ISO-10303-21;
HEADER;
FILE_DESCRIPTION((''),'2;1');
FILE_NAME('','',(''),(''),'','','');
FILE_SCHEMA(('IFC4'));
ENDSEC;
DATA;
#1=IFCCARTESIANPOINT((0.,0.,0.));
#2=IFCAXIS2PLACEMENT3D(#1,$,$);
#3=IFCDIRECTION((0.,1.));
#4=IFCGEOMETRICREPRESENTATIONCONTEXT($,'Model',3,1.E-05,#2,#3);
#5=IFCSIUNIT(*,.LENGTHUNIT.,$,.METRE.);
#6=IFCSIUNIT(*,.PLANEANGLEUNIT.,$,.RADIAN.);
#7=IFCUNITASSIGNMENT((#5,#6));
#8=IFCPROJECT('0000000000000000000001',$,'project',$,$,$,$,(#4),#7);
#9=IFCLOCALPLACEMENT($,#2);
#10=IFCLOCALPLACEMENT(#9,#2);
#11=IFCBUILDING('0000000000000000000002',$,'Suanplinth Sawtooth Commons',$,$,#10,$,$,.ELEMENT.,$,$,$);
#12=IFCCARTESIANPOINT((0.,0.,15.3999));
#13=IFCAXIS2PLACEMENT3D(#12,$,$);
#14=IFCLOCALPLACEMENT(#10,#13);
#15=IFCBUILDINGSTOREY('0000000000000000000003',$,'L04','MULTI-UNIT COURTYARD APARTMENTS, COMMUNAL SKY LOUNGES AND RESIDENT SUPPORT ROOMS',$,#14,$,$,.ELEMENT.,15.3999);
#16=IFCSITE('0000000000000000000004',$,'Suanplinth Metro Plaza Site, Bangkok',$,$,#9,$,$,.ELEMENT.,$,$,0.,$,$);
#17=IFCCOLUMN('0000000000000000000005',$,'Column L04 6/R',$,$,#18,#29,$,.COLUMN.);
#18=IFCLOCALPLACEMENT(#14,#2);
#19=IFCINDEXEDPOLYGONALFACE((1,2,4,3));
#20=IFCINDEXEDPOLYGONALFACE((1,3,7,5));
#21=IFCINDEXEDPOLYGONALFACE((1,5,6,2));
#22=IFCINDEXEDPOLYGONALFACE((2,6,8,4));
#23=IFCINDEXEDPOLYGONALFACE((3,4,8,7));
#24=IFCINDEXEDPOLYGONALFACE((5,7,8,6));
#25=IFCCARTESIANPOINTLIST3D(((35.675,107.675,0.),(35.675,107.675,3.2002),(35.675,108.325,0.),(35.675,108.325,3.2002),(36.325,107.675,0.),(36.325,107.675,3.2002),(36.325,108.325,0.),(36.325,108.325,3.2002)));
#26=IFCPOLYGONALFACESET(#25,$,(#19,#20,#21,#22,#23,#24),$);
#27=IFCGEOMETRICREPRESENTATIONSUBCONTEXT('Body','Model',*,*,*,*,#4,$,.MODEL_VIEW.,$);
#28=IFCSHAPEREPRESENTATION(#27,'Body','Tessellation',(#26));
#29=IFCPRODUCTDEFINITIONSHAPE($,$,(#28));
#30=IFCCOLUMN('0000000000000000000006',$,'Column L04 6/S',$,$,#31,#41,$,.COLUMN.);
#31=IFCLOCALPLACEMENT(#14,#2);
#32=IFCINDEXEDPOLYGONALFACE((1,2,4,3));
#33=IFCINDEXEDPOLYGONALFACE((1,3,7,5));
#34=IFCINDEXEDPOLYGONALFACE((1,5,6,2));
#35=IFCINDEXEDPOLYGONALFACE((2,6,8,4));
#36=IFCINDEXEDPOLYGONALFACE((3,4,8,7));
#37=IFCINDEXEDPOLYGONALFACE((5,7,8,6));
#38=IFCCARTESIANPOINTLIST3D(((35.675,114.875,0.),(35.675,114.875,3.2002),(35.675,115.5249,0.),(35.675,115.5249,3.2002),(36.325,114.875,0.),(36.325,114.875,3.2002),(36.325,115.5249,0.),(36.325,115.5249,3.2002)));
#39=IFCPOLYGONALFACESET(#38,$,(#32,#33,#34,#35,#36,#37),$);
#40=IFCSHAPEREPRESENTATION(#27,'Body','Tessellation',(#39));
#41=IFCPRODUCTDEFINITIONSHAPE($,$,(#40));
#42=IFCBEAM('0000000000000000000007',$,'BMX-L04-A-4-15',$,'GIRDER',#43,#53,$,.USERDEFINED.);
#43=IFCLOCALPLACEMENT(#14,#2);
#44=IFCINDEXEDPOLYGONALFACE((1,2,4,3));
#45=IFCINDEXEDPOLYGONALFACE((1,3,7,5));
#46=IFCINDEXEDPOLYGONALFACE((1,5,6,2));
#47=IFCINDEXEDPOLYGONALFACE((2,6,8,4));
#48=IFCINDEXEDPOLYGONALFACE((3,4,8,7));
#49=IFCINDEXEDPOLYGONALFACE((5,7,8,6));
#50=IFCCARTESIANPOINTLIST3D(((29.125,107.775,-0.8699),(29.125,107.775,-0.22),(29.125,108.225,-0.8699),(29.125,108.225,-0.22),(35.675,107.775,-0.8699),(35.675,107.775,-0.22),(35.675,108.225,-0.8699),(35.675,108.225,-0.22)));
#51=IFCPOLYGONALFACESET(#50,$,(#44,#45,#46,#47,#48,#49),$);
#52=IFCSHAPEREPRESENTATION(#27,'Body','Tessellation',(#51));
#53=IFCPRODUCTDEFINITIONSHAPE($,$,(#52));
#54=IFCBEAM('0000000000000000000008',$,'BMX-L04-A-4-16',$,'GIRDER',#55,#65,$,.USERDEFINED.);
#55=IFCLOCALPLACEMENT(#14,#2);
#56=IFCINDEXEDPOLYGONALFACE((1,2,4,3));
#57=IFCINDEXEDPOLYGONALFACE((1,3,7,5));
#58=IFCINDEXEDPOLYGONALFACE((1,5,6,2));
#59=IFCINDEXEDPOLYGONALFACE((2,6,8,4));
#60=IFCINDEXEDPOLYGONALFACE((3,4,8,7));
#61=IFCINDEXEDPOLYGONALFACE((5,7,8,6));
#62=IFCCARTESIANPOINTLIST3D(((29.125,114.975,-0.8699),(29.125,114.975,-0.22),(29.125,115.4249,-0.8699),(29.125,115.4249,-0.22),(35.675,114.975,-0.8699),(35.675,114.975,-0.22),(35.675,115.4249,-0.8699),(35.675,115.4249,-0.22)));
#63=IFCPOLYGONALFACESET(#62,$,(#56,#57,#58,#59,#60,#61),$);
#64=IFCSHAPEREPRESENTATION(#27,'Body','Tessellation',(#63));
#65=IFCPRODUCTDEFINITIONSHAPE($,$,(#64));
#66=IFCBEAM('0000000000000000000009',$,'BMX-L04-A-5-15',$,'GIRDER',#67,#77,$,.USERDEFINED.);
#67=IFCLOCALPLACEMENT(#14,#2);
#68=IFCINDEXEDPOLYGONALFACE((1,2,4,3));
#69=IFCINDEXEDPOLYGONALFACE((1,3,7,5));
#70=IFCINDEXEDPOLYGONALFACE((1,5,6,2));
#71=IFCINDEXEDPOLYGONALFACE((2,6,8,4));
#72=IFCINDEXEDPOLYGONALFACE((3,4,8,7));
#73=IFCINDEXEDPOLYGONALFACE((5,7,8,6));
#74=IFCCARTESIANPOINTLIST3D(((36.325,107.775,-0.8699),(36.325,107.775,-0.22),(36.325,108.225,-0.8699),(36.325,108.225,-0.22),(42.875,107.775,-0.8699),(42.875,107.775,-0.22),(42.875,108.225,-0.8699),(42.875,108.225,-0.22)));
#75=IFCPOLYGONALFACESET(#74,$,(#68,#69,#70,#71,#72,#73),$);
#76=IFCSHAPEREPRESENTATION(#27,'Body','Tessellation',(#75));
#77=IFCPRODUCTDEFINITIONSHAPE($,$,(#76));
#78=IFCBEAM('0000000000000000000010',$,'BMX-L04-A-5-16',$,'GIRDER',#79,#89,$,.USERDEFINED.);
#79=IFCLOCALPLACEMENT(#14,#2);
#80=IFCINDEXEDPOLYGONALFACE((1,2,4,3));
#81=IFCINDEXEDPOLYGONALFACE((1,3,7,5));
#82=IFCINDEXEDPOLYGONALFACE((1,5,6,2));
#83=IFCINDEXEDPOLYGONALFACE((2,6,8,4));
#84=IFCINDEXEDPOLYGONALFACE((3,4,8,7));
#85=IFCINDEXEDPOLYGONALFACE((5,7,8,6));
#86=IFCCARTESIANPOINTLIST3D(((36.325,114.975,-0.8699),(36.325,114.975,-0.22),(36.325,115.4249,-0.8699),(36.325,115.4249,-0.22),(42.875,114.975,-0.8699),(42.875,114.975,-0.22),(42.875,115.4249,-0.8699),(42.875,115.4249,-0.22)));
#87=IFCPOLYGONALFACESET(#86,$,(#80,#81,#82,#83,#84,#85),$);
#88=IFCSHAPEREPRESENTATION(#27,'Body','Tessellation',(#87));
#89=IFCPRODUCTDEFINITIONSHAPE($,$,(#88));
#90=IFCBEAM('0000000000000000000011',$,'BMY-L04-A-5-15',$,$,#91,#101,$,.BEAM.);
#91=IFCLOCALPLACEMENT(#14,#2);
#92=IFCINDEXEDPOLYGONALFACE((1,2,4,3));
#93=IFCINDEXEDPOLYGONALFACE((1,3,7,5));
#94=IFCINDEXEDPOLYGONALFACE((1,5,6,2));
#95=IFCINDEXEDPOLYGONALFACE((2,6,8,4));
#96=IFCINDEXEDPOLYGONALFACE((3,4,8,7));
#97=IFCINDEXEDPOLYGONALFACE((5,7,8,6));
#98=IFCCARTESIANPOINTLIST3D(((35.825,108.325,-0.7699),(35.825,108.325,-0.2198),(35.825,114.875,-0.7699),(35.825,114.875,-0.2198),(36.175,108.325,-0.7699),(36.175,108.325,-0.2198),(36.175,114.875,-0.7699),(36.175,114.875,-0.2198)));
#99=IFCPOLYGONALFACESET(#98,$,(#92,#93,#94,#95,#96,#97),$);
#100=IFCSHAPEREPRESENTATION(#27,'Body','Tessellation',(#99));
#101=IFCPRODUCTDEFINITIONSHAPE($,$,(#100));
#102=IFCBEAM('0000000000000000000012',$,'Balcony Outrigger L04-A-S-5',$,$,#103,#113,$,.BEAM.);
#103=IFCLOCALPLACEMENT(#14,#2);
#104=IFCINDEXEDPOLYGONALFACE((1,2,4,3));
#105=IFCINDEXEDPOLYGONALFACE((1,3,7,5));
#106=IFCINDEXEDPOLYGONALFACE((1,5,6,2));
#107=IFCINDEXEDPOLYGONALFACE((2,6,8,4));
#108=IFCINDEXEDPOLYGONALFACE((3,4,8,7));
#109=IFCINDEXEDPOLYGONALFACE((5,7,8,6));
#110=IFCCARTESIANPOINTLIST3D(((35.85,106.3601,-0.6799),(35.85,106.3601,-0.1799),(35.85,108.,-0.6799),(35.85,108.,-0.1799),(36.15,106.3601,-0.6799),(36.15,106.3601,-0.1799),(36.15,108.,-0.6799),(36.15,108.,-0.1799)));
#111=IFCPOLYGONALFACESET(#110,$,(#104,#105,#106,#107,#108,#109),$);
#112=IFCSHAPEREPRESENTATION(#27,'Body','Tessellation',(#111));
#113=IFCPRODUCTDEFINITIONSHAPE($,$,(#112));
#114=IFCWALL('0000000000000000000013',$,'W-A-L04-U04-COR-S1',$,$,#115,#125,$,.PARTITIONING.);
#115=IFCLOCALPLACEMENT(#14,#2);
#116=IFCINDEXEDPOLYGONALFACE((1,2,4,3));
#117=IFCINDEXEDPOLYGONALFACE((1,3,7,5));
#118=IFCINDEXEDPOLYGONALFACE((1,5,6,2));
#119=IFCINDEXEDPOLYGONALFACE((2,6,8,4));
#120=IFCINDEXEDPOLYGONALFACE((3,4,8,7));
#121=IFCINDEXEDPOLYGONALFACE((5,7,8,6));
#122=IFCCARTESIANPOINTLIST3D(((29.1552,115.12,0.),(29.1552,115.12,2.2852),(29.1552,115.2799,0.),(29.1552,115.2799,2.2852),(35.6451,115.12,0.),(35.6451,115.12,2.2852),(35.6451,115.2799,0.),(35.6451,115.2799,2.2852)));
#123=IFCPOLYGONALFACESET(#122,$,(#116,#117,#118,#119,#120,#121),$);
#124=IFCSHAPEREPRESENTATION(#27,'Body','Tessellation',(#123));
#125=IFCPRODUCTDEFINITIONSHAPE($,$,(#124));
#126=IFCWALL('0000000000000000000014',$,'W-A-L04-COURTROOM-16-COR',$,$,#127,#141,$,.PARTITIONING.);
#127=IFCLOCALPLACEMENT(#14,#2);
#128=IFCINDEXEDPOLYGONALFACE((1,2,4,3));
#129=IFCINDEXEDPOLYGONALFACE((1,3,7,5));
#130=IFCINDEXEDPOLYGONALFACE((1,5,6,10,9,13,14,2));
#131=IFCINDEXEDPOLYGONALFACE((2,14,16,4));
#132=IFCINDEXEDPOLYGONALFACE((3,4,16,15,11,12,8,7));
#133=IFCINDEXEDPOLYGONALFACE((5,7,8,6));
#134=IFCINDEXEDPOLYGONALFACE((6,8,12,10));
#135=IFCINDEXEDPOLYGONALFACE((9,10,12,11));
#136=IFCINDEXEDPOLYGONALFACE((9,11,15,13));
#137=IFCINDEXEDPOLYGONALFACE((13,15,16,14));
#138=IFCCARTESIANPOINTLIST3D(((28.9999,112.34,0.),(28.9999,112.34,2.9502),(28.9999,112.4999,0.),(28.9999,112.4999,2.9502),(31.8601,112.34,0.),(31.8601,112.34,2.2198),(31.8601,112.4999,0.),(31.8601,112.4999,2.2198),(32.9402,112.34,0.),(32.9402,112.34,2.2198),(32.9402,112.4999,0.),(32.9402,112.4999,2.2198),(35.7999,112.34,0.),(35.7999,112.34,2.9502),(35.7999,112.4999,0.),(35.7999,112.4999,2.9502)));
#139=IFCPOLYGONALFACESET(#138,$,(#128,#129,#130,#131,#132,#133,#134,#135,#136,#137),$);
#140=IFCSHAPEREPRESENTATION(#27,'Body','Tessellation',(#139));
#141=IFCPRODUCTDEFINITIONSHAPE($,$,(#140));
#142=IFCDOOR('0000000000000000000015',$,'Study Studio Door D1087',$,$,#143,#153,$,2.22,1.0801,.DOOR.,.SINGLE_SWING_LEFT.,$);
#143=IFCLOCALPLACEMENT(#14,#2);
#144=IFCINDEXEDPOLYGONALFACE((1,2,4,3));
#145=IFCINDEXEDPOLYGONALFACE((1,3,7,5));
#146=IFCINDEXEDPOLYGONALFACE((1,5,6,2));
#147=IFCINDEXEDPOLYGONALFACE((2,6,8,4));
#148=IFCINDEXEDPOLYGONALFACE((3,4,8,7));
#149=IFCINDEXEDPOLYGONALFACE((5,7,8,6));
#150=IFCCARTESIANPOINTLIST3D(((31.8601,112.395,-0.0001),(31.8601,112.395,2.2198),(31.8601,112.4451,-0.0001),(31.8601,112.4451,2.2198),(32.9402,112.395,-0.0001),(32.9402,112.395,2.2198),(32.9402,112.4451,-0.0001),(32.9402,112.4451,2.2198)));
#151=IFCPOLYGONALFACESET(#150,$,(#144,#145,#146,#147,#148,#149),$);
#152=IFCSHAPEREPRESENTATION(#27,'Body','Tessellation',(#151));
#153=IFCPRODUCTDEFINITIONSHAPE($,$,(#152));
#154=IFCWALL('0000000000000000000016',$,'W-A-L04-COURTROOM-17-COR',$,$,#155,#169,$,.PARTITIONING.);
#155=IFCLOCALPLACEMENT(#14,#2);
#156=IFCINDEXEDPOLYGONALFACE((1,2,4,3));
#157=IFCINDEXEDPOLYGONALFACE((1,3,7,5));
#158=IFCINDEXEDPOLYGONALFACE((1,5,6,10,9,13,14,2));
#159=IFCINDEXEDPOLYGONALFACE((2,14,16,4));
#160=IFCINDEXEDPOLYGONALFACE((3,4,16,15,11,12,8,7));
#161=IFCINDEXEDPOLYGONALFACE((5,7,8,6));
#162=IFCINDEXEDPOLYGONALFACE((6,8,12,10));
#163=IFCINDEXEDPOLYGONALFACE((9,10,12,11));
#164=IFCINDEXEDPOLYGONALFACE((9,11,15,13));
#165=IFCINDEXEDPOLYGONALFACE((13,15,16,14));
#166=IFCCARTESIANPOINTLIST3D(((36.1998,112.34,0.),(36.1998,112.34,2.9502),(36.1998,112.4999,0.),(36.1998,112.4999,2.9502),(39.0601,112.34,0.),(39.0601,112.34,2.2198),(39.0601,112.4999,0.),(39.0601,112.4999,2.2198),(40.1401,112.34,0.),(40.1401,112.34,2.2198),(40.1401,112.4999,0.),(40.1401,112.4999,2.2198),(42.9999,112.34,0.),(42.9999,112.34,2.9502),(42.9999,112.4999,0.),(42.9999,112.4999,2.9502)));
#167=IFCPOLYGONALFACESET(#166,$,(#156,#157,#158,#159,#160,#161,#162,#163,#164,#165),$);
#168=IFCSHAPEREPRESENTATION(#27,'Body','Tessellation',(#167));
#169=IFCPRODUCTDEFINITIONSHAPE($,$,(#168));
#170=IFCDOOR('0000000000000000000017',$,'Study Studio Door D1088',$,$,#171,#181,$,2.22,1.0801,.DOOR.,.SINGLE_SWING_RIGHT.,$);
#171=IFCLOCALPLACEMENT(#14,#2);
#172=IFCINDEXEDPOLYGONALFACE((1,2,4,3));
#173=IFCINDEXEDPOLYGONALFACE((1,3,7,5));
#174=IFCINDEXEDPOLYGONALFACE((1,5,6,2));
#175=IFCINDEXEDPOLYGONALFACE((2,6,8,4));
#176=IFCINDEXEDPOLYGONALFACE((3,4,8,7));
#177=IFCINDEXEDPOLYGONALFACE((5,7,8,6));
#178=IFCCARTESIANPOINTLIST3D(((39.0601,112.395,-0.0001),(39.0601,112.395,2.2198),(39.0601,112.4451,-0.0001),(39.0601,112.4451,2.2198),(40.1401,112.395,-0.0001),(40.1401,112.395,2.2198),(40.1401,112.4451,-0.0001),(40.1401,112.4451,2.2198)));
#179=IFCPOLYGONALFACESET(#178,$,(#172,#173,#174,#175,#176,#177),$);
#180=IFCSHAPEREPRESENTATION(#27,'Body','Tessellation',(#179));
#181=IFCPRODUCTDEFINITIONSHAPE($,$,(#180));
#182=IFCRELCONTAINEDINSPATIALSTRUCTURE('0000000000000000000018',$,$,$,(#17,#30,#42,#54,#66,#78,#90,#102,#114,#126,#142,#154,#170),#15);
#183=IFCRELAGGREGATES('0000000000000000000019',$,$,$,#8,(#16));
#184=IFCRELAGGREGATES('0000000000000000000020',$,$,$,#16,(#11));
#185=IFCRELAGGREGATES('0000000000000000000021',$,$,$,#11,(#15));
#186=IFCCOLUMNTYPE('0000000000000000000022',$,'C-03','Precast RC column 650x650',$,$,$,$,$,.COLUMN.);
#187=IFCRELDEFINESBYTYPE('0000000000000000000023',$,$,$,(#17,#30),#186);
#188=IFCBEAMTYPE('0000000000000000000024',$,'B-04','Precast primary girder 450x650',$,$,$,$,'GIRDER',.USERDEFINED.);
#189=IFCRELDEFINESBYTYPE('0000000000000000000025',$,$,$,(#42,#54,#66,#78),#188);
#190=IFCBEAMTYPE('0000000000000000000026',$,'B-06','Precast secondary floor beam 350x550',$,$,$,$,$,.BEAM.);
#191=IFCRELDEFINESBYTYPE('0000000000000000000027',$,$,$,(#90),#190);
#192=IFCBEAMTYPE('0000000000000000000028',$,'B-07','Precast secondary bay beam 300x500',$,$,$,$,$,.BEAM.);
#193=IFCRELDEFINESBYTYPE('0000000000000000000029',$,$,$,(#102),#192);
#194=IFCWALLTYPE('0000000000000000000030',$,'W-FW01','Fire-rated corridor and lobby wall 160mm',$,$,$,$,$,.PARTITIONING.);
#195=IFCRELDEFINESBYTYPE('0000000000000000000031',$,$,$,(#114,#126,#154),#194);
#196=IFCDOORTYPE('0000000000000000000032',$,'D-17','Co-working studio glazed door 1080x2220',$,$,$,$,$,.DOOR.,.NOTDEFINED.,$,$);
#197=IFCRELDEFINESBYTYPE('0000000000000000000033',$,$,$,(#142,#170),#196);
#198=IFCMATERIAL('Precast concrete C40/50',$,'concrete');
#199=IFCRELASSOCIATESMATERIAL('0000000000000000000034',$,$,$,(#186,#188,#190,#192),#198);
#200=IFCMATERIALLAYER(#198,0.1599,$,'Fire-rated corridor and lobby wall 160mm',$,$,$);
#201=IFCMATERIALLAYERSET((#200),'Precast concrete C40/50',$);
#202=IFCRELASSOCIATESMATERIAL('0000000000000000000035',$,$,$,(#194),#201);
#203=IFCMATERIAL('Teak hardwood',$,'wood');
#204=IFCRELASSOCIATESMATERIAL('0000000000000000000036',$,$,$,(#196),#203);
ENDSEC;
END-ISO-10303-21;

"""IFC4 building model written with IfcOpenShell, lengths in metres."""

from ifc_helpers import new_model, si_unit, direction, frame, frame_2d, origin, origin_2d, place, context, subcontext, project, spatial, rectangle, extrude, material, layer, layer_set, material_profile, profile_set, type_object, element, fill, save


model = new_model("IFC4")

# Units and contexts
model_context = context("Model", 3, precision=1e-05, world=origin(), true_north=direction((0.0, 1.0)))
body_context = subcontext(model_context, "Body", "Model", "MODEL_VIEW")
ifc_project = project(units=[si_unit("LENGTHUNIT", "METRE"), si_unit("PLANEANGLEUNIT", "RADIAN")], contexts=[model_context])

# Site, building, storey
site_placement = place(None, origin())
site = spatial("IfcSite", under=ifc_project, at=site_placement, Name="Suanplinth Metro Plaza Site, Bangkok", CompositionType="ELEMENT", RefElevation=0.0)
building_placement = place(site_placement, origin())
building = spatial("IfcBuilding", under=site, at=building_placement, Name="Suanplinth Sawtooth Commons", CompositionType="ELEMENT")
storey_placement = place(building_placement, frame((0.0, 0.0, 15.3999)))
storey = spatial("IfcBuildingStorey", under=building, at=storey_placement, Name="L04", Description="MULTI-UNIT COURTYARD APARTMENTS, COMMUNAL SKY LOUNGES AND RESIDENT SUPPORT ROOMS", CompositionType="ELEMENT", Elevation=15.3999)

# Columns
ifc_material_1 = material(Name="Precast concrete C40/50", Category="concrete")
ifc_material_profile_1 = material_profile(ifc_material_1, rectangle(XDim=0.6499, YDim=0.6499, at=origin_2d()), Name="PC-COL 650x650")
ifc_profile_set_1 = profile_set([ifc_material_profile_1], Name="Precast concrete C40/50")
column_type = type_object("IfcColumnType", Name="C-03", Description="Precast RC column 650x650", PredefinedType="COLUMN", material=ifc_profile_set_1)
for number, where, z_axis, x_axis, name in (
    (1, (36.0, 108.0, 0.0), (0.0, 0.0, 1.0), (1.0, 0.0, 0.0), "Column L04 6/R"),
    (2, (36.0, 115.2, 0.0), (0.0, 0.0, 1.0), (1.0, 0.0, 0.0), "Column L04 6/S"),
):
    element("IfcColumn", number, at=place(storey_placement, frame(where, z_axis=z_axis, x_axis=x_axis)), inside=storey, type_object=column_type, Name=name, PredefinedType="COLUMN", context=body_context, shape_type="SweptSolid", body=[
        extrude(rectangle(XDim=0.6499, YDim=0.6499, at=origin_2d()), origin(), (0.0, 0.0, 1.0), 3.2002),
    ])

# Beams
ifc_material_profile_2 = material_profile(ifc_material_1, rectangle(XDim=0.45, YDim=0.6499, at=origin_2d()), Name="PC-GDR 450x650")
ifc_profile_set_2 = profile_set([ifc_material_profile_2], Name="Precast concrete C40/50")
beam_type_1 = type_object("IfcBeamType", Name="B-04", Description="Precast primary girder 450x650", ElementType="GIRDER", PredefinedType="USERDEFINED", material=ifc_profile_set_2)
for number, where, z_axis, x_axis, name in (
    (3, (29.125, 108.0, -0.5449), (1.0, 0.0, 0.0), (0.0, 1.0, 0.0), "BMX-L04-A-4-15"),
    (4, (29.125, 115.2, -0.5449), (1.0, 0.0, 0.0), (0.0, 1.0, 0.0), "BMX-L04-A-4-16"),
    (5, (36.325, 108.0, -0.5449), (1.0, 0.0, 0.0), (0.0, 1.0, 0.0), "BMX-L04-A-5-15"),
    (6, (36.325, 115.2, -0.5449), (1.0, 0.0, 0.0), (0.0, 1.0, 0.0), "BMX-L04-A-5-16"),
):
    element("IfcBeam", number, at=place(storey_placement, frame(where, z_axis=z_axis, x_axis=x_axis)), inside=storey, type_object=beam_type_1, Name=name, ObjectType="GIRDER", PredefinedType="USERDEFINED", context=body_context, shape_type="SweptSolid", body=[
        extrude(rectangle(XDim=0.45, YDim=0.6499, at=origin_2d()), origin(), (0.0, 0.0, 1.0), 6.55),
    ])
ifc_material_profile_3 = material_profile(ifc_material_1, rectangle(XDim=0.3501, YDim=0.55, at=origin_2d()), Name="PC-BM 350x550")
ifc_profile_set_3 = profile_set([ifc_material_profile_3], Name="Precast concrete C40/50")
beam_type_2 = type_object("IfcBeamType", Name="B-06", Description="Precast secondary floor beam 350x550", PredefinedType="BEAM", material=ifc_profile_set_3)
beam_1_placement = place(storey_placement, frame((36.0, 108.325, -0.4949), z_axis=(0.0, 1.0, 0.0), x_axis=(-1.0, 0.0, 0.0)))
element("IfcBeam", 7, at=beam_1_placement, inside=storey, type_object=beam_type_2, Name="BMY-L04-A-5-15", PredefinedType="BEAM", context=body_context, shape_type="SweptSolid", body=[
    extrude(rectangle(XDim=0.3501, YDim=0.55, at=origin_2d()), origin(), (0.0, 0.0, 1.0), 6.55),
])
ifc_material_profile_4 = material_profile(ifc_material_1, rectangle(XDim=0.3, YDim=0.5, at=origin_2d()), Name="PC-BM 300x500")
ifc_profile_set_4 = profile_set([ifc_material_profile_4], Name="Precast concrete C40/50")
beam_type_3 = type_object("IfcBeamType", Name="B-07", Description="Precast secondary bay beam 300x500", PredefinedType="BEAM", material=ifc_profile_set_4)
beam_2_placement = place(storey_placement, frame((36.0, 108.0, -0.4299), z_axis=(0.0, -1.0, 0.0), x_axis=(1.0, 0.0, 0.0)))
element("IfcBeam", 8, at=beam_2_placement, inside=storey, type_object=beam_type_3, Name="Balcony Outrigger L04-A-S-5", PredefinedType="BEAM", context=body_context, shape_type="SweptSolid", body=[
    extrude(rectangle(XDim=0.3, YDim=0.5, at=origin_2d()), origin(), (0.0, 0.0, 1.0), 1.6399),
])

# Wall
ifc_layer_1 = layer(ifc_material_1, 0.1599, Name="Fire-rated corridor and lobby wall 160mm")
ifc_layer_set_1 = layer_set([ifc_layer_1], Name="Precast concrete C40/50")
wall_type_1 = type_object("IfcWallType", Name="W-FW01", Description="Fire-rated corridor and lobby wall 160mm", PredefinedType="PARTITIONING", material=ifc_layer_set_1)
wall_1_placement = place(storey_placement, frame((29.155, 115.2, 0.0), z_axis=(0.0, 0.0, 1.0), x_axis=(1.0, 0.0, 0.0)))
element("IfcWall", 9, at=wall_1_placement, inside=storey, type_object=wall_type_1, Name="W-A-L04-U04-COR-S1", PredefinedType="PARTITIONING", context=body_context, shape_type="SweptSolid", body=[
    extrude(rectangle(XDim=6.49, YDim=0.1599, at=frame_2d((3.2451, 0.0))), origin(), (0.0, 0.0, 1.0), 2.2852),
])

# Walls, openings, doors
wall_2_placement = place(storey_placement, frame((29.0, 112.4199, 0.0), z_axis=(0.0, 0.0, 1.0), x_axis=(1.0, 0.0, 0.0)))
wall_2 = element("IfcWall", 10, at=wall_2_placement, inside=storey, type_object=wall_type_1, Name="W-A-L04-COURTROOM-16-COR", PredefinedType="PARTITIONING", context=body_context, shape_type="SweptSolid", body=[
    extrude(rectangle(XDim=6.8, YDim=0.1599, at=frame_2d((3.3999, 0.0))), origin(), (0.0, 0.0, 1.0), 2.9502),
])
opening_1_placement = place(wall_2_placement, frame((2.8601, 0.0, 0.0)))
opening_1 = element("IfcOpeningElement", 11, at=opening_1_placement, cuts=wall_2, PredefinedType="OPENING", context=body_context, shape_type="SweptSolid", body=[
    extrude(rectangle(XDim=1.0801, YDim=2.22, at=frame_2d((0.54, 1.1099))), frame((0.0, 0.0947, 0.0), z_axis=(0.0, -1.0, 0.0), x_axis=(1.0, 0.0, 0.0)), (0.0, 0.0, 1.0), 0.1897),
])
ifc_material_2 = material(Name="Teak hardwood", Category="wood")
door_type_1 = type_object("IfcDoorType", Name="D-17", Description="Co-working studio glazed door 1080x2220", OperationType="NOTDEFINED", PredefinedType="DOOR", material=ifc_material_2)
door_1_placement = place(opening_1_placement, frame((1.0801, 0.0, 0.0), z_axis=(0.0, 0.0, 1.0), x_axis=(-1.0, 0.0, 0.0)))
door_1 = element("IfcDoor", 12, at=door_1_placement, inside=storey, type_object=door_type_1, Name="Study Studio Door D1087", OperationType="SINGLE_SWING_LEFT", OverallHeight=2.22, OverallWidth=1.0801, PredefinedType="DOOR", context=body_context, shape_type="SweptSolid", body=[
    extrude(rectangle(XDim=1.0801, YDim=2.22, at=frame_2d((0.54, 1.1099))), frame((0.0, 0.0249, 0.0), z_axis=(0.0, -1.0, 0.0), x_axis=(1.0, 0.0, 0.0)), (0.0, 0.0, 1.0), 0.05),
])
fill(opening_1, door_1)
wall_3_placement = place(storey_placement, frame((36.2, 112.4199, 0.0), z_axis=(0.0, 0.0, 1.0), x_axis=(1.0, 0.0, 0.0)))
wall_3 = element("IfcWall", 13, at=wall_3_placement, inside=storey, type_object=wall_type_1, Name="W-A-L04-COURTROOM-17-COR", PredefinedType="PARTITIONING", context=body_context, shape_type="SweptSolid", body=[
    extrude(rectangle(XDim=6.8, YDim=0.1599, at=frame_2d((3.3999, 0.0))), origin(), (0.0, 0.0, 1.0), 2.9502),
])
opening_2_placement = place(wall_3_placement, frame((2.8601, 0.0, 0.0)))
opening_2 = element("IfcOpeningElement", 14, at=opening_2_placement, cuts=wall_3, PredefinedType="OPENING", context=body_context, shape_type="SweptSolid", body=[
    extrude(rectangle(XDim=1.0801, YDim=2.22, at=frame_2d((0.54, 1.1099))), frame((0.0, 0.0947, 0.0), z_axis=(0.0, -1.0, 0.0), x_axis=(1.0, 0.0, 0.0)), (0.0, 0.0, 1.0), 0.1897),
])
door_2_placement = place(opening_2_placement, frame((1.0801, 0.0, 0.0), z_axis=(0.0, 0.0, 1.0), x_axis=(-1.0, 0.0, 0.0)))
door_2 = element("IfcDoor", 15, at=door_2_placement, inside=storey, type_object=door_type_1, Name="Study Studio Door D1088", OperationType="SINGLE_SWING_RIGHT", OverallHeight=2.22, OverallWidth=1.0801, PredefinedType="DOOR", context=body_context, shape_type="SweptSolid", body=[
    extrude(rectangle(XDim=1.0801, YDim=2.22, at=frame_2d((0.54, 1.1099))), frame((0.0, 0.0249, 0.0), z_axis=(0.0, -1.0, 0.0), x_axis=(1.0, 0.0, 0.0)), (0.0, 0.0, 1.0), 0.05),
])
fill(opening_2, door_2)

save(model, "model.ifc")
